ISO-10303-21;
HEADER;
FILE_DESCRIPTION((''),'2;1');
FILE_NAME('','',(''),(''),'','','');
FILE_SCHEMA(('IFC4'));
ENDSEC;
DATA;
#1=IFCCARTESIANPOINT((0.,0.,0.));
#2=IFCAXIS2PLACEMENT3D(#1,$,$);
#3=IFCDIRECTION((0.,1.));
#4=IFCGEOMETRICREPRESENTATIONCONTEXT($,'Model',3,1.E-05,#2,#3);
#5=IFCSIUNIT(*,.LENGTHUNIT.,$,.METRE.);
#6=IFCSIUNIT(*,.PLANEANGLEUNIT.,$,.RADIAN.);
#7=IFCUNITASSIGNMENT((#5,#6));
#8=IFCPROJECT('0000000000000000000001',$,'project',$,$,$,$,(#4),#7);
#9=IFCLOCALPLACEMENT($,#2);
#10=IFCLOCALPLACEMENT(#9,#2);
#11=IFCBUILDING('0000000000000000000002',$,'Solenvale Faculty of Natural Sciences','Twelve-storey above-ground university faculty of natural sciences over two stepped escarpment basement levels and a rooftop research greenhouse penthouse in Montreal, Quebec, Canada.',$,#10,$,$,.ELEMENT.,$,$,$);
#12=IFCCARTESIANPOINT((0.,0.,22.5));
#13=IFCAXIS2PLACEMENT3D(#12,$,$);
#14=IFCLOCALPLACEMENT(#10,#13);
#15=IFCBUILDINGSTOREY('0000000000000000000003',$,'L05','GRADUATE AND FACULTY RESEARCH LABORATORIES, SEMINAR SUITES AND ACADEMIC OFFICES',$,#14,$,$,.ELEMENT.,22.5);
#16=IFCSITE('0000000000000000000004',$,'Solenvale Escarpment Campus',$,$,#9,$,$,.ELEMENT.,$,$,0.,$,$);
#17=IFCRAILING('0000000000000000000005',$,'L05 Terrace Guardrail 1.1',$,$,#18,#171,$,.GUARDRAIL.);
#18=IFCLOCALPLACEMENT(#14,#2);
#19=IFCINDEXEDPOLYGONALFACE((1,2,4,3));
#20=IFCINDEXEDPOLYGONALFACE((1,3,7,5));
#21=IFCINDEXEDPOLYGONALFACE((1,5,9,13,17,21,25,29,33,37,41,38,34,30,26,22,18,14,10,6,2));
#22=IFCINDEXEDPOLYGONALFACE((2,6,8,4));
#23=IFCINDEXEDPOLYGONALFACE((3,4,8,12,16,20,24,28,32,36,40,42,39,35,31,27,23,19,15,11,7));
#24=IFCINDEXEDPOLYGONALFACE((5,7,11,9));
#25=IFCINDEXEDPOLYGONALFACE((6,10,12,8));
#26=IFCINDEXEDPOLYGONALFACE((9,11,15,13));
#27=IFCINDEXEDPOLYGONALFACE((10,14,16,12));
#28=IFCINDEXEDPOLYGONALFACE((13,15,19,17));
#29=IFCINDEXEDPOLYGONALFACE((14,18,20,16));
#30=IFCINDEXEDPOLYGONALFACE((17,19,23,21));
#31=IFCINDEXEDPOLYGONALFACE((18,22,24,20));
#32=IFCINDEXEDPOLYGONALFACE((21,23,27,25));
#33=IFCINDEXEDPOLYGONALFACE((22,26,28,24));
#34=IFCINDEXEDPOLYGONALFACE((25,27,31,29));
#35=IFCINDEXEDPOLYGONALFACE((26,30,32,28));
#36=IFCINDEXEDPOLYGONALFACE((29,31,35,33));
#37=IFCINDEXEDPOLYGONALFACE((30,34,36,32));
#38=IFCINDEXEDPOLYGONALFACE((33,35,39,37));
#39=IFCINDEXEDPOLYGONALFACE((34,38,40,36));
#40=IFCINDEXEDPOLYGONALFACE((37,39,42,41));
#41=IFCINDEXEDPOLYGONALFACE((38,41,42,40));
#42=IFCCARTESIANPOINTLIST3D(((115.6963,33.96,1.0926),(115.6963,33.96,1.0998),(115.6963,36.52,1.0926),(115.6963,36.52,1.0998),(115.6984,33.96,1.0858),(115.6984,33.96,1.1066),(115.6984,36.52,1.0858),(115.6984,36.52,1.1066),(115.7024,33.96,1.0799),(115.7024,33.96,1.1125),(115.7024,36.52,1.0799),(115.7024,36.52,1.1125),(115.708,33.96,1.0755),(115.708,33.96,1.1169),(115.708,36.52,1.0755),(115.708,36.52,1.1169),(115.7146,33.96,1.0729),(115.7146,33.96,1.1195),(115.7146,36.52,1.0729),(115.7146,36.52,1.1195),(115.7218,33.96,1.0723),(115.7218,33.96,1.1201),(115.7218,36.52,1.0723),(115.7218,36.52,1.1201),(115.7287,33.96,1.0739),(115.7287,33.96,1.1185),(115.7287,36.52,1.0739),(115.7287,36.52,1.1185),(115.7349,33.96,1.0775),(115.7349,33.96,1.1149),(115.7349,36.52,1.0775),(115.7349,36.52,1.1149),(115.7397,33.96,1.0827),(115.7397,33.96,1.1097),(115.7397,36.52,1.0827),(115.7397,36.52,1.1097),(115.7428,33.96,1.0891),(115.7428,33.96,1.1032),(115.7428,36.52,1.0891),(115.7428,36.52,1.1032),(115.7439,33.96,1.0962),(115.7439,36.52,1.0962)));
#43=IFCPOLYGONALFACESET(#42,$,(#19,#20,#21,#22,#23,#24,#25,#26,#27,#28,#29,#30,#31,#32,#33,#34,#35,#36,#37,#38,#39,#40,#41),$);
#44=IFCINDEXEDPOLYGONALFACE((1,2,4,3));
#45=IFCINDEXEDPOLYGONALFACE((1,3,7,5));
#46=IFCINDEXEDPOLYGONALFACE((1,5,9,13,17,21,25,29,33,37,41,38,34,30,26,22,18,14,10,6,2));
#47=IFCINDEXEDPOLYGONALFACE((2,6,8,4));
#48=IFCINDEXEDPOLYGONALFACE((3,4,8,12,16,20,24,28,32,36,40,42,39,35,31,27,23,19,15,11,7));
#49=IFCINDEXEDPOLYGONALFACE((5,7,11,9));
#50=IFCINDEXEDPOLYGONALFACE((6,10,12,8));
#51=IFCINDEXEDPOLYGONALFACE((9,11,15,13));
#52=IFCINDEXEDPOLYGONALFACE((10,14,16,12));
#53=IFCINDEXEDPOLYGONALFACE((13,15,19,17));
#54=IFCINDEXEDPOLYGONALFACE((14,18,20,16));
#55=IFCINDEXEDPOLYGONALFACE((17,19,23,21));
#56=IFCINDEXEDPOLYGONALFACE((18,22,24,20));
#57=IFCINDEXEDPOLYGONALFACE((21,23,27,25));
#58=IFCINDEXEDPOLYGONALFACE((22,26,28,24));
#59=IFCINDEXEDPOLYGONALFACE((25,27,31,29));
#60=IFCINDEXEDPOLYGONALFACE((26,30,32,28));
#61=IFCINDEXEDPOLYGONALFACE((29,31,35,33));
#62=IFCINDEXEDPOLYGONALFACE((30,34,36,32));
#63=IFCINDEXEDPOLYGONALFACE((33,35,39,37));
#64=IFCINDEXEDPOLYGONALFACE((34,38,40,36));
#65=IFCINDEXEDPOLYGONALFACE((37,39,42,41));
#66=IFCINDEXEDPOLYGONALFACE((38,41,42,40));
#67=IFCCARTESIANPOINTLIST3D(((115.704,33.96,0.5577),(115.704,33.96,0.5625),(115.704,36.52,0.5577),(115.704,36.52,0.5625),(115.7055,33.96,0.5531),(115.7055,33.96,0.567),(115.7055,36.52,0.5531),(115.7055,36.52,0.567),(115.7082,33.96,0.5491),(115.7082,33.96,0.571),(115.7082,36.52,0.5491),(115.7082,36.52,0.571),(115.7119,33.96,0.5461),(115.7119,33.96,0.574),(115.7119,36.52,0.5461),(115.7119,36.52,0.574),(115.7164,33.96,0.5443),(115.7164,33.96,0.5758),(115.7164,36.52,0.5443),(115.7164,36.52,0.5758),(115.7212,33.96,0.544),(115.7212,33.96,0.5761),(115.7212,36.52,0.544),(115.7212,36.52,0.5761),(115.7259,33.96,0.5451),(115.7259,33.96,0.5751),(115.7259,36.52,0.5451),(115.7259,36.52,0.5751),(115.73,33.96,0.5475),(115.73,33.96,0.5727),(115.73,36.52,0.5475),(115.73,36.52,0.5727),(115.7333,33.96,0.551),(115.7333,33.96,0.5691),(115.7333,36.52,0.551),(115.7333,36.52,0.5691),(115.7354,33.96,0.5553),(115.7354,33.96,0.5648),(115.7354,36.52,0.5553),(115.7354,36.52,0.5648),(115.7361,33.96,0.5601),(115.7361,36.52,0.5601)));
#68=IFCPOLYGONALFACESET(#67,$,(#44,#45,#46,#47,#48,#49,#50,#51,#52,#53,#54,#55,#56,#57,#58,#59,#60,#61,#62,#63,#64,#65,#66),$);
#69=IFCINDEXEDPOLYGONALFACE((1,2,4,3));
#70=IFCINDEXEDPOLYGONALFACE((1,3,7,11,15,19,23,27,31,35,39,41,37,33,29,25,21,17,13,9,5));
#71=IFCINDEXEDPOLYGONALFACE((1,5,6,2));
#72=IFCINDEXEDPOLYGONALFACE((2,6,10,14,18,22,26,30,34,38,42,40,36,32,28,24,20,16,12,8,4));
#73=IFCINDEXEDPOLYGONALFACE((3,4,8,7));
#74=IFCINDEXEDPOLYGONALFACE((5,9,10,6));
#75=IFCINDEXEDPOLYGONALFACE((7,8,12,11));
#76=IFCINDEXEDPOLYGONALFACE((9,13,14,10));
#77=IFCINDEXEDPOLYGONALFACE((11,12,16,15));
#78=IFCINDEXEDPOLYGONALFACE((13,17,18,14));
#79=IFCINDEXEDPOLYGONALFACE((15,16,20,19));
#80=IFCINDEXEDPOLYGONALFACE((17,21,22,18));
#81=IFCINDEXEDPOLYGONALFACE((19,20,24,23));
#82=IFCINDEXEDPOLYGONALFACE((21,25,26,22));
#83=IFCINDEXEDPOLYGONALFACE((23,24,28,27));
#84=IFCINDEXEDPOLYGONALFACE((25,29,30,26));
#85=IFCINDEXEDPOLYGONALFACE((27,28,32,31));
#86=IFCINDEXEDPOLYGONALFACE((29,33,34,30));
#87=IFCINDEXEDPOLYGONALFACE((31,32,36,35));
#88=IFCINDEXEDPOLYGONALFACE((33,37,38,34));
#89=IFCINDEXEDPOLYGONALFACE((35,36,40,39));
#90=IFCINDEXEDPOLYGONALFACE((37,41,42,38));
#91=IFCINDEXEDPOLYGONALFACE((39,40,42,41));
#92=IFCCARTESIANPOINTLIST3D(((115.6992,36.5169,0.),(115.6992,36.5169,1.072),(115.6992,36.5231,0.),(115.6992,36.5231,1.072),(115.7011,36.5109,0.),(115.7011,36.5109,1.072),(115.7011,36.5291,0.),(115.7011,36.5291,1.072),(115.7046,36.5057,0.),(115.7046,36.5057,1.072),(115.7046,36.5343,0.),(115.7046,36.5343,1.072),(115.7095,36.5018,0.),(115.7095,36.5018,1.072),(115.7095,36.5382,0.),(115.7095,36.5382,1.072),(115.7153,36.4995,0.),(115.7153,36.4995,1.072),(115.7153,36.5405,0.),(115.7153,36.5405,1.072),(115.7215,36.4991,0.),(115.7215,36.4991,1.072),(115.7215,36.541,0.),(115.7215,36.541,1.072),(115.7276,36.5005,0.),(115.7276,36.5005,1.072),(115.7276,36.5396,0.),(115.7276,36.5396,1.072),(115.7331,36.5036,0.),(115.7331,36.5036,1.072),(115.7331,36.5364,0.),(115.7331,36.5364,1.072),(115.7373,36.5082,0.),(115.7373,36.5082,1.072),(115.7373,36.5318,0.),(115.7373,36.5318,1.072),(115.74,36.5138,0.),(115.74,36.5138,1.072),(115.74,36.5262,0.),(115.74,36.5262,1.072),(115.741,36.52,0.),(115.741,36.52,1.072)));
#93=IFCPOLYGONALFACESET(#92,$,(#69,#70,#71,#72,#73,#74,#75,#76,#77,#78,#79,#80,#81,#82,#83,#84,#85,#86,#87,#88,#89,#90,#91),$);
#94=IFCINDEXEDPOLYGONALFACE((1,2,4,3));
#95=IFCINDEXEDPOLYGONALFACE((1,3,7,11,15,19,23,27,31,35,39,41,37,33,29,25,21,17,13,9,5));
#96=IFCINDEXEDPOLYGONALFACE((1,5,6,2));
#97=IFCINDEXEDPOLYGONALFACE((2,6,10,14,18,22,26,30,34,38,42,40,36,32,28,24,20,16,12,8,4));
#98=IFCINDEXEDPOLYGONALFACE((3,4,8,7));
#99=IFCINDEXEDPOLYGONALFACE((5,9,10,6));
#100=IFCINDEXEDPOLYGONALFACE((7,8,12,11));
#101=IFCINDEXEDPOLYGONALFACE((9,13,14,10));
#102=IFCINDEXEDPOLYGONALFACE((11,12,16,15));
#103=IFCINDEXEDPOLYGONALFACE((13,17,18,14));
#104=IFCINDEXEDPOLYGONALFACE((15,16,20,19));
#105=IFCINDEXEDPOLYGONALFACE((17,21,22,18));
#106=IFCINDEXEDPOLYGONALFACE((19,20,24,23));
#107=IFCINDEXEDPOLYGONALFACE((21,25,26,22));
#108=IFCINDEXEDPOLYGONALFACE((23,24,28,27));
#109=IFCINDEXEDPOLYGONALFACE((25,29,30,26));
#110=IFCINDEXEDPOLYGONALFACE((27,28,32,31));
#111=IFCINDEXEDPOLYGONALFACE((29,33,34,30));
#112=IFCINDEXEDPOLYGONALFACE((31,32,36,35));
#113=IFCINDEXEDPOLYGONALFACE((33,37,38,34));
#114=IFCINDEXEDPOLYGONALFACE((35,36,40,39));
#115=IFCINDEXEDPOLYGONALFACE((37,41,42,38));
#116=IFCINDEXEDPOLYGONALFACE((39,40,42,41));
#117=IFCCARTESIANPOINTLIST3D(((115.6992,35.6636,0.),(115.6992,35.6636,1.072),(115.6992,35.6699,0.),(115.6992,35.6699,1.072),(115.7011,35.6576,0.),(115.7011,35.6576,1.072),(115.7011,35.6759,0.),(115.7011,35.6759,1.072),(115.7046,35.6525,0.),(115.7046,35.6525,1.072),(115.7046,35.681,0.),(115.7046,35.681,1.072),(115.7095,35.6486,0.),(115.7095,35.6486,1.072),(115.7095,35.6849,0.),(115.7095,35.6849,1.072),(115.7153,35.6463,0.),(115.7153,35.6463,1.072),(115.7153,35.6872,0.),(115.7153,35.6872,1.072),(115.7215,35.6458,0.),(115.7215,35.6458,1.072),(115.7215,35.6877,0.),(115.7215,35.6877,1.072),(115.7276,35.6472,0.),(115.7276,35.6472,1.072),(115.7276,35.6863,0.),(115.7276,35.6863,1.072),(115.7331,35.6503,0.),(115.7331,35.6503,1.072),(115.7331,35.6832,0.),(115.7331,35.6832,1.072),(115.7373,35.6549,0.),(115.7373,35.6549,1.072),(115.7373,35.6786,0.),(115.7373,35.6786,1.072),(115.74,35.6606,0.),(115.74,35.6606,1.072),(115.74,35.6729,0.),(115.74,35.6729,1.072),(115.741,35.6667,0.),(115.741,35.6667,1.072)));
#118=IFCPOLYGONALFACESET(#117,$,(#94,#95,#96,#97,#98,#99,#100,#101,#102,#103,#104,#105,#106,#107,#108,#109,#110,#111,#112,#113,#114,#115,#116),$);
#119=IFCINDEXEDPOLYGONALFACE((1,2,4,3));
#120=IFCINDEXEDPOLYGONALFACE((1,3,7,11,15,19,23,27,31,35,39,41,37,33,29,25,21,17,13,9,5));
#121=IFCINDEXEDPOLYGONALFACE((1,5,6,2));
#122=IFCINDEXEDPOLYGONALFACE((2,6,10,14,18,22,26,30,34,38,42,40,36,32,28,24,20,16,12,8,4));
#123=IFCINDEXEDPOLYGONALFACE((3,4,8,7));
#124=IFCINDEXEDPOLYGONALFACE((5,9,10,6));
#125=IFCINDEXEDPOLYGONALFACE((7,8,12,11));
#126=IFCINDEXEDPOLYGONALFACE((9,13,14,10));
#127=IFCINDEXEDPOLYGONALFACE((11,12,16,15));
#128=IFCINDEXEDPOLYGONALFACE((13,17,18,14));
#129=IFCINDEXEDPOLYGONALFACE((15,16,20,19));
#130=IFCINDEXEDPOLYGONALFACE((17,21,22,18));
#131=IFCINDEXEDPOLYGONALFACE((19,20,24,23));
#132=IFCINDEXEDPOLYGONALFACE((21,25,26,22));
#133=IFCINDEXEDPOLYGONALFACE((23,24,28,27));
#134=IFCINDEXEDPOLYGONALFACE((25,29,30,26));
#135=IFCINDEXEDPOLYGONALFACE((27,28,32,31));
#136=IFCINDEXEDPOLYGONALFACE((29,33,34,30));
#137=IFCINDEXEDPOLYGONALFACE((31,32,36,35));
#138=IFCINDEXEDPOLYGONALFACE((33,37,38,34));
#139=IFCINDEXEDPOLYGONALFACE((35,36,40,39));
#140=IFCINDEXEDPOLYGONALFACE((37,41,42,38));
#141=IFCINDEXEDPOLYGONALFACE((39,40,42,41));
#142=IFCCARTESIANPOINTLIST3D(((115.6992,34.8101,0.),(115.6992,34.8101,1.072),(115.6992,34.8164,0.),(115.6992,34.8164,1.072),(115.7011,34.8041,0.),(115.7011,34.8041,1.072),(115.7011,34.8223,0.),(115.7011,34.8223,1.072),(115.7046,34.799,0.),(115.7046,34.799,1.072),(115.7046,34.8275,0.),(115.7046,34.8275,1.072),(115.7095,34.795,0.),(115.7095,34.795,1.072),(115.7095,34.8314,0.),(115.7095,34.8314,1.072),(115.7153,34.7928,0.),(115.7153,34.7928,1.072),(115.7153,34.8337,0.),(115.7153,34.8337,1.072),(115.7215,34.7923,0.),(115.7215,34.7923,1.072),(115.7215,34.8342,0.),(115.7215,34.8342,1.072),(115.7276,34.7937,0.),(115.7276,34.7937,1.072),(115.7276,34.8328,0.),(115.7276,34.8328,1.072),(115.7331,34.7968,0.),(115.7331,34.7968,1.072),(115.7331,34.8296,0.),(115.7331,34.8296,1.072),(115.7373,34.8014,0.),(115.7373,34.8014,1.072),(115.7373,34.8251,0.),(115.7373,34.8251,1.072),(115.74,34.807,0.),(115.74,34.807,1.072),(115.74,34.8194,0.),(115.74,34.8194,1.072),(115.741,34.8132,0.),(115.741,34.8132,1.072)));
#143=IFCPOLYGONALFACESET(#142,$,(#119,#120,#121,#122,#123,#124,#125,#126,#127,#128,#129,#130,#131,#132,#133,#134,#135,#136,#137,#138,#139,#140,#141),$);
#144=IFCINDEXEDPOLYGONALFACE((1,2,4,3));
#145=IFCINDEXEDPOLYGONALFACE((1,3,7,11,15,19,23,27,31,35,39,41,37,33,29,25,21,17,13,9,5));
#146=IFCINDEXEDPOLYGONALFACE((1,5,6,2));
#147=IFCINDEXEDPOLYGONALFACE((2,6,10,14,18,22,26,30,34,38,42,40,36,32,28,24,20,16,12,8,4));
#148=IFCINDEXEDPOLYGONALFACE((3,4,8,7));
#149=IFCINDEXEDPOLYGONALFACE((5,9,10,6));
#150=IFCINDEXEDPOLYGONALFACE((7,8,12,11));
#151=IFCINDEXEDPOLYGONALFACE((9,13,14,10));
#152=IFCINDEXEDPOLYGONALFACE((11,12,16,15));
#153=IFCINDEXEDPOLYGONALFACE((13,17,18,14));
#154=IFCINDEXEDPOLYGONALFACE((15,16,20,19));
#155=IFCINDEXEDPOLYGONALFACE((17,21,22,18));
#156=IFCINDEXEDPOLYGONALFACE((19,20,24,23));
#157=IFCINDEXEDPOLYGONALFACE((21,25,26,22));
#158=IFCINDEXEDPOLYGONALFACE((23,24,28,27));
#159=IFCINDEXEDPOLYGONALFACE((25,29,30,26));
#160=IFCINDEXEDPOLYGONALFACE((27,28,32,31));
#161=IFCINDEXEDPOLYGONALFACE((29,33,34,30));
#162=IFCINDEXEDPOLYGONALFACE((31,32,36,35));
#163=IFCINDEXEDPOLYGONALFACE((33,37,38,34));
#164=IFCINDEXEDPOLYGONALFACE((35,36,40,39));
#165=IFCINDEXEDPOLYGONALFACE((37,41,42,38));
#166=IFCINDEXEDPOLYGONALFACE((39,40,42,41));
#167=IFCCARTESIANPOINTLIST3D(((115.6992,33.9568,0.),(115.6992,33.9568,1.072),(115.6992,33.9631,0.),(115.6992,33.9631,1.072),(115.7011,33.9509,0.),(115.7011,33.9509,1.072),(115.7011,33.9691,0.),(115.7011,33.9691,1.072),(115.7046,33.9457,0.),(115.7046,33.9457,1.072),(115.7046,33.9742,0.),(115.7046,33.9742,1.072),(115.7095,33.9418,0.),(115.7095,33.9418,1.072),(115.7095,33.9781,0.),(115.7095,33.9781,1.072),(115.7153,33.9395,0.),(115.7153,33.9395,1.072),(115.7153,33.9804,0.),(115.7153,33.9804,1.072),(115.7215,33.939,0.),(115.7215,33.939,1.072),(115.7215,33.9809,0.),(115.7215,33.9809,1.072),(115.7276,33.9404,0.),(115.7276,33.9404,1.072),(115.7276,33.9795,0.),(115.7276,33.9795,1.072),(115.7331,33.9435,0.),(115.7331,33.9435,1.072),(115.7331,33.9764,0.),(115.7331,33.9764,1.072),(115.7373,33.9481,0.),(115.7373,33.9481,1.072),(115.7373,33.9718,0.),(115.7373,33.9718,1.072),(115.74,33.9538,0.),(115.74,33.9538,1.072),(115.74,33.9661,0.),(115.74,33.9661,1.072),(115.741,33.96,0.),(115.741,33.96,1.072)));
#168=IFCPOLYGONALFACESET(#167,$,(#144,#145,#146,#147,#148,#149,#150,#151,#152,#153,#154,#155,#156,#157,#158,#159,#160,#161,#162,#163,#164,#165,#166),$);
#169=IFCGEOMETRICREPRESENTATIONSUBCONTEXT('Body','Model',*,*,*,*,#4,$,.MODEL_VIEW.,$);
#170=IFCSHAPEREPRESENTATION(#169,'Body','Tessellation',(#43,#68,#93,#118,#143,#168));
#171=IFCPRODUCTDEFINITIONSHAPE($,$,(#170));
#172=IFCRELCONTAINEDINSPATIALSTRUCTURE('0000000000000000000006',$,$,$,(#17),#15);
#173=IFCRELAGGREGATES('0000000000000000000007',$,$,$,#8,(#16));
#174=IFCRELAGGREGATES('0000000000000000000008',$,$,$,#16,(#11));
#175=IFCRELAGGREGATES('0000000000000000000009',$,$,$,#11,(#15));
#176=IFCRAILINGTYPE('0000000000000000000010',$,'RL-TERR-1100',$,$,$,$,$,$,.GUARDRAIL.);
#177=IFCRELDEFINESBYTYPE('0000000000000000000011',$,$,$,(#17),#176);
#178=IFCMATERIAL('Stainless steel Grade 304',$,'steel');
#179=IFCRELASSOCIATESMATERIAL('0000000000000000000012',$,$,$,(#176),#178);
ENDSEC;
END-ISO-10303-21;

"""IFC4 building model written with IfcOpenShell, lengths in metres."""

from ifc_helpers import new_model, si_unit, direction, frame, origin, origin_2d, place, context, subcontext, project, spatial, circle, extrude, material, type_object, element, save


model = new_model("IFC4")

# Units and contexts
model_context = context("Model", 3, precision=1e-05, world=origin(), true_north=direction((0.0, 1.0)))
body_context = subcontext(model_context, "Body", "Model", "MODEL_VIEW")
ifc_project = project(units=[si_unit("LENGTHUNIT", "METRE"), si_unit("PLANEANGLEUNIT", "RADIAN")], contexts=[model_context])

# Site, building, storey
site_placement = place(None, origin())
site = spatial("IfcSite", under=ifc_project, at=site_placement, Name="Solenvale Escarpment Campus", CompositionType="ELEMENT", RefElevation=0.0)
building_placement = place(site_placement, origin())
building = spatial("IfcBuilding", under=site, at=building_placement, Name="Solenvale Faculty of Natural Sciences", Description="Twelve-storey above-ground university faculty of natural sciences over two stepped escarpment basement levels and a rooftop research greenhouse penthouse in Montreal, Quebec, Canada.", CompositionType="ELEMENT")
storey_placement = place(building_placement, frame((0.0, 0.0, 22.5)))
storey = spatial("IfcBuildingStorey", under=building, at=storey_placement, Name="L05", Description="GRADUATE AND FACULTY RESEARCH LABORATORIES, SEMINAR SUITES AND ACADEMIC OFFICES", CompositionType="ELEMENT", Elevation=22.5)

# Railing
ifc_material_1 = material(Name="Stainless steel Grade 304", Category="steel")
railing_type = type_object("IfcRailingType", Name="RL-TERR-1100", PredefinedType="GUARDRAIL", material=ifc_material_1)
railing_placement = place(storey_placement, frame((115.72, 36.52, 0.0)))
element("IfcRailing", 1, at=railing_placement, inside=storey, type_object=railing_type, Name="L05 Terrace Guardrail 1.1", PredefinedType="GUARDRAIL", context=body_context, shape_type="SweptSolid", body=[
    extrude(circle(Radius=0.0239, at=origin_2d()), frame((0.0, 0.0, 1.0962), z_axis=(0.0, -1.0, 0.0), x_axis=(1.0, 0.0, 0.0)), (0.0, 0.0, 1.0), 2.5601),
    extrude(circle(Radius=0.0161, at=origin_2d()), frame((0.0, 0.0, 0.5601), z_axis=(0.0, -1.0, 0.0), x_axis=(1.0, 0.0, 0.0)), (0.0, 0.0, 1.0), 2.5601),
    extrude(circle(Radius=0.021, at=origin_2d()), origin(), (0.0, 0.0, 1.0), 1.072),
    extrude(circle(Radius=0.021, at=origin_2d()), frame((0.0, -0.8533, 0.0)), (0.0, 0.0, 1.0), 1.072),
    extrude(circle(Radius=0.021, at=origin_2d()), frame((0.0, -1.7068, 0.0)), (0.0, 0.0, 1.0), 1.072),
    extrude(circle(Radius=0.021, at=origin_2d()), frame((0.0, -2.5601, 0.0)), (0.0, 0.0, 1.0), 1.072),
])

save(model, "model.ifc")
